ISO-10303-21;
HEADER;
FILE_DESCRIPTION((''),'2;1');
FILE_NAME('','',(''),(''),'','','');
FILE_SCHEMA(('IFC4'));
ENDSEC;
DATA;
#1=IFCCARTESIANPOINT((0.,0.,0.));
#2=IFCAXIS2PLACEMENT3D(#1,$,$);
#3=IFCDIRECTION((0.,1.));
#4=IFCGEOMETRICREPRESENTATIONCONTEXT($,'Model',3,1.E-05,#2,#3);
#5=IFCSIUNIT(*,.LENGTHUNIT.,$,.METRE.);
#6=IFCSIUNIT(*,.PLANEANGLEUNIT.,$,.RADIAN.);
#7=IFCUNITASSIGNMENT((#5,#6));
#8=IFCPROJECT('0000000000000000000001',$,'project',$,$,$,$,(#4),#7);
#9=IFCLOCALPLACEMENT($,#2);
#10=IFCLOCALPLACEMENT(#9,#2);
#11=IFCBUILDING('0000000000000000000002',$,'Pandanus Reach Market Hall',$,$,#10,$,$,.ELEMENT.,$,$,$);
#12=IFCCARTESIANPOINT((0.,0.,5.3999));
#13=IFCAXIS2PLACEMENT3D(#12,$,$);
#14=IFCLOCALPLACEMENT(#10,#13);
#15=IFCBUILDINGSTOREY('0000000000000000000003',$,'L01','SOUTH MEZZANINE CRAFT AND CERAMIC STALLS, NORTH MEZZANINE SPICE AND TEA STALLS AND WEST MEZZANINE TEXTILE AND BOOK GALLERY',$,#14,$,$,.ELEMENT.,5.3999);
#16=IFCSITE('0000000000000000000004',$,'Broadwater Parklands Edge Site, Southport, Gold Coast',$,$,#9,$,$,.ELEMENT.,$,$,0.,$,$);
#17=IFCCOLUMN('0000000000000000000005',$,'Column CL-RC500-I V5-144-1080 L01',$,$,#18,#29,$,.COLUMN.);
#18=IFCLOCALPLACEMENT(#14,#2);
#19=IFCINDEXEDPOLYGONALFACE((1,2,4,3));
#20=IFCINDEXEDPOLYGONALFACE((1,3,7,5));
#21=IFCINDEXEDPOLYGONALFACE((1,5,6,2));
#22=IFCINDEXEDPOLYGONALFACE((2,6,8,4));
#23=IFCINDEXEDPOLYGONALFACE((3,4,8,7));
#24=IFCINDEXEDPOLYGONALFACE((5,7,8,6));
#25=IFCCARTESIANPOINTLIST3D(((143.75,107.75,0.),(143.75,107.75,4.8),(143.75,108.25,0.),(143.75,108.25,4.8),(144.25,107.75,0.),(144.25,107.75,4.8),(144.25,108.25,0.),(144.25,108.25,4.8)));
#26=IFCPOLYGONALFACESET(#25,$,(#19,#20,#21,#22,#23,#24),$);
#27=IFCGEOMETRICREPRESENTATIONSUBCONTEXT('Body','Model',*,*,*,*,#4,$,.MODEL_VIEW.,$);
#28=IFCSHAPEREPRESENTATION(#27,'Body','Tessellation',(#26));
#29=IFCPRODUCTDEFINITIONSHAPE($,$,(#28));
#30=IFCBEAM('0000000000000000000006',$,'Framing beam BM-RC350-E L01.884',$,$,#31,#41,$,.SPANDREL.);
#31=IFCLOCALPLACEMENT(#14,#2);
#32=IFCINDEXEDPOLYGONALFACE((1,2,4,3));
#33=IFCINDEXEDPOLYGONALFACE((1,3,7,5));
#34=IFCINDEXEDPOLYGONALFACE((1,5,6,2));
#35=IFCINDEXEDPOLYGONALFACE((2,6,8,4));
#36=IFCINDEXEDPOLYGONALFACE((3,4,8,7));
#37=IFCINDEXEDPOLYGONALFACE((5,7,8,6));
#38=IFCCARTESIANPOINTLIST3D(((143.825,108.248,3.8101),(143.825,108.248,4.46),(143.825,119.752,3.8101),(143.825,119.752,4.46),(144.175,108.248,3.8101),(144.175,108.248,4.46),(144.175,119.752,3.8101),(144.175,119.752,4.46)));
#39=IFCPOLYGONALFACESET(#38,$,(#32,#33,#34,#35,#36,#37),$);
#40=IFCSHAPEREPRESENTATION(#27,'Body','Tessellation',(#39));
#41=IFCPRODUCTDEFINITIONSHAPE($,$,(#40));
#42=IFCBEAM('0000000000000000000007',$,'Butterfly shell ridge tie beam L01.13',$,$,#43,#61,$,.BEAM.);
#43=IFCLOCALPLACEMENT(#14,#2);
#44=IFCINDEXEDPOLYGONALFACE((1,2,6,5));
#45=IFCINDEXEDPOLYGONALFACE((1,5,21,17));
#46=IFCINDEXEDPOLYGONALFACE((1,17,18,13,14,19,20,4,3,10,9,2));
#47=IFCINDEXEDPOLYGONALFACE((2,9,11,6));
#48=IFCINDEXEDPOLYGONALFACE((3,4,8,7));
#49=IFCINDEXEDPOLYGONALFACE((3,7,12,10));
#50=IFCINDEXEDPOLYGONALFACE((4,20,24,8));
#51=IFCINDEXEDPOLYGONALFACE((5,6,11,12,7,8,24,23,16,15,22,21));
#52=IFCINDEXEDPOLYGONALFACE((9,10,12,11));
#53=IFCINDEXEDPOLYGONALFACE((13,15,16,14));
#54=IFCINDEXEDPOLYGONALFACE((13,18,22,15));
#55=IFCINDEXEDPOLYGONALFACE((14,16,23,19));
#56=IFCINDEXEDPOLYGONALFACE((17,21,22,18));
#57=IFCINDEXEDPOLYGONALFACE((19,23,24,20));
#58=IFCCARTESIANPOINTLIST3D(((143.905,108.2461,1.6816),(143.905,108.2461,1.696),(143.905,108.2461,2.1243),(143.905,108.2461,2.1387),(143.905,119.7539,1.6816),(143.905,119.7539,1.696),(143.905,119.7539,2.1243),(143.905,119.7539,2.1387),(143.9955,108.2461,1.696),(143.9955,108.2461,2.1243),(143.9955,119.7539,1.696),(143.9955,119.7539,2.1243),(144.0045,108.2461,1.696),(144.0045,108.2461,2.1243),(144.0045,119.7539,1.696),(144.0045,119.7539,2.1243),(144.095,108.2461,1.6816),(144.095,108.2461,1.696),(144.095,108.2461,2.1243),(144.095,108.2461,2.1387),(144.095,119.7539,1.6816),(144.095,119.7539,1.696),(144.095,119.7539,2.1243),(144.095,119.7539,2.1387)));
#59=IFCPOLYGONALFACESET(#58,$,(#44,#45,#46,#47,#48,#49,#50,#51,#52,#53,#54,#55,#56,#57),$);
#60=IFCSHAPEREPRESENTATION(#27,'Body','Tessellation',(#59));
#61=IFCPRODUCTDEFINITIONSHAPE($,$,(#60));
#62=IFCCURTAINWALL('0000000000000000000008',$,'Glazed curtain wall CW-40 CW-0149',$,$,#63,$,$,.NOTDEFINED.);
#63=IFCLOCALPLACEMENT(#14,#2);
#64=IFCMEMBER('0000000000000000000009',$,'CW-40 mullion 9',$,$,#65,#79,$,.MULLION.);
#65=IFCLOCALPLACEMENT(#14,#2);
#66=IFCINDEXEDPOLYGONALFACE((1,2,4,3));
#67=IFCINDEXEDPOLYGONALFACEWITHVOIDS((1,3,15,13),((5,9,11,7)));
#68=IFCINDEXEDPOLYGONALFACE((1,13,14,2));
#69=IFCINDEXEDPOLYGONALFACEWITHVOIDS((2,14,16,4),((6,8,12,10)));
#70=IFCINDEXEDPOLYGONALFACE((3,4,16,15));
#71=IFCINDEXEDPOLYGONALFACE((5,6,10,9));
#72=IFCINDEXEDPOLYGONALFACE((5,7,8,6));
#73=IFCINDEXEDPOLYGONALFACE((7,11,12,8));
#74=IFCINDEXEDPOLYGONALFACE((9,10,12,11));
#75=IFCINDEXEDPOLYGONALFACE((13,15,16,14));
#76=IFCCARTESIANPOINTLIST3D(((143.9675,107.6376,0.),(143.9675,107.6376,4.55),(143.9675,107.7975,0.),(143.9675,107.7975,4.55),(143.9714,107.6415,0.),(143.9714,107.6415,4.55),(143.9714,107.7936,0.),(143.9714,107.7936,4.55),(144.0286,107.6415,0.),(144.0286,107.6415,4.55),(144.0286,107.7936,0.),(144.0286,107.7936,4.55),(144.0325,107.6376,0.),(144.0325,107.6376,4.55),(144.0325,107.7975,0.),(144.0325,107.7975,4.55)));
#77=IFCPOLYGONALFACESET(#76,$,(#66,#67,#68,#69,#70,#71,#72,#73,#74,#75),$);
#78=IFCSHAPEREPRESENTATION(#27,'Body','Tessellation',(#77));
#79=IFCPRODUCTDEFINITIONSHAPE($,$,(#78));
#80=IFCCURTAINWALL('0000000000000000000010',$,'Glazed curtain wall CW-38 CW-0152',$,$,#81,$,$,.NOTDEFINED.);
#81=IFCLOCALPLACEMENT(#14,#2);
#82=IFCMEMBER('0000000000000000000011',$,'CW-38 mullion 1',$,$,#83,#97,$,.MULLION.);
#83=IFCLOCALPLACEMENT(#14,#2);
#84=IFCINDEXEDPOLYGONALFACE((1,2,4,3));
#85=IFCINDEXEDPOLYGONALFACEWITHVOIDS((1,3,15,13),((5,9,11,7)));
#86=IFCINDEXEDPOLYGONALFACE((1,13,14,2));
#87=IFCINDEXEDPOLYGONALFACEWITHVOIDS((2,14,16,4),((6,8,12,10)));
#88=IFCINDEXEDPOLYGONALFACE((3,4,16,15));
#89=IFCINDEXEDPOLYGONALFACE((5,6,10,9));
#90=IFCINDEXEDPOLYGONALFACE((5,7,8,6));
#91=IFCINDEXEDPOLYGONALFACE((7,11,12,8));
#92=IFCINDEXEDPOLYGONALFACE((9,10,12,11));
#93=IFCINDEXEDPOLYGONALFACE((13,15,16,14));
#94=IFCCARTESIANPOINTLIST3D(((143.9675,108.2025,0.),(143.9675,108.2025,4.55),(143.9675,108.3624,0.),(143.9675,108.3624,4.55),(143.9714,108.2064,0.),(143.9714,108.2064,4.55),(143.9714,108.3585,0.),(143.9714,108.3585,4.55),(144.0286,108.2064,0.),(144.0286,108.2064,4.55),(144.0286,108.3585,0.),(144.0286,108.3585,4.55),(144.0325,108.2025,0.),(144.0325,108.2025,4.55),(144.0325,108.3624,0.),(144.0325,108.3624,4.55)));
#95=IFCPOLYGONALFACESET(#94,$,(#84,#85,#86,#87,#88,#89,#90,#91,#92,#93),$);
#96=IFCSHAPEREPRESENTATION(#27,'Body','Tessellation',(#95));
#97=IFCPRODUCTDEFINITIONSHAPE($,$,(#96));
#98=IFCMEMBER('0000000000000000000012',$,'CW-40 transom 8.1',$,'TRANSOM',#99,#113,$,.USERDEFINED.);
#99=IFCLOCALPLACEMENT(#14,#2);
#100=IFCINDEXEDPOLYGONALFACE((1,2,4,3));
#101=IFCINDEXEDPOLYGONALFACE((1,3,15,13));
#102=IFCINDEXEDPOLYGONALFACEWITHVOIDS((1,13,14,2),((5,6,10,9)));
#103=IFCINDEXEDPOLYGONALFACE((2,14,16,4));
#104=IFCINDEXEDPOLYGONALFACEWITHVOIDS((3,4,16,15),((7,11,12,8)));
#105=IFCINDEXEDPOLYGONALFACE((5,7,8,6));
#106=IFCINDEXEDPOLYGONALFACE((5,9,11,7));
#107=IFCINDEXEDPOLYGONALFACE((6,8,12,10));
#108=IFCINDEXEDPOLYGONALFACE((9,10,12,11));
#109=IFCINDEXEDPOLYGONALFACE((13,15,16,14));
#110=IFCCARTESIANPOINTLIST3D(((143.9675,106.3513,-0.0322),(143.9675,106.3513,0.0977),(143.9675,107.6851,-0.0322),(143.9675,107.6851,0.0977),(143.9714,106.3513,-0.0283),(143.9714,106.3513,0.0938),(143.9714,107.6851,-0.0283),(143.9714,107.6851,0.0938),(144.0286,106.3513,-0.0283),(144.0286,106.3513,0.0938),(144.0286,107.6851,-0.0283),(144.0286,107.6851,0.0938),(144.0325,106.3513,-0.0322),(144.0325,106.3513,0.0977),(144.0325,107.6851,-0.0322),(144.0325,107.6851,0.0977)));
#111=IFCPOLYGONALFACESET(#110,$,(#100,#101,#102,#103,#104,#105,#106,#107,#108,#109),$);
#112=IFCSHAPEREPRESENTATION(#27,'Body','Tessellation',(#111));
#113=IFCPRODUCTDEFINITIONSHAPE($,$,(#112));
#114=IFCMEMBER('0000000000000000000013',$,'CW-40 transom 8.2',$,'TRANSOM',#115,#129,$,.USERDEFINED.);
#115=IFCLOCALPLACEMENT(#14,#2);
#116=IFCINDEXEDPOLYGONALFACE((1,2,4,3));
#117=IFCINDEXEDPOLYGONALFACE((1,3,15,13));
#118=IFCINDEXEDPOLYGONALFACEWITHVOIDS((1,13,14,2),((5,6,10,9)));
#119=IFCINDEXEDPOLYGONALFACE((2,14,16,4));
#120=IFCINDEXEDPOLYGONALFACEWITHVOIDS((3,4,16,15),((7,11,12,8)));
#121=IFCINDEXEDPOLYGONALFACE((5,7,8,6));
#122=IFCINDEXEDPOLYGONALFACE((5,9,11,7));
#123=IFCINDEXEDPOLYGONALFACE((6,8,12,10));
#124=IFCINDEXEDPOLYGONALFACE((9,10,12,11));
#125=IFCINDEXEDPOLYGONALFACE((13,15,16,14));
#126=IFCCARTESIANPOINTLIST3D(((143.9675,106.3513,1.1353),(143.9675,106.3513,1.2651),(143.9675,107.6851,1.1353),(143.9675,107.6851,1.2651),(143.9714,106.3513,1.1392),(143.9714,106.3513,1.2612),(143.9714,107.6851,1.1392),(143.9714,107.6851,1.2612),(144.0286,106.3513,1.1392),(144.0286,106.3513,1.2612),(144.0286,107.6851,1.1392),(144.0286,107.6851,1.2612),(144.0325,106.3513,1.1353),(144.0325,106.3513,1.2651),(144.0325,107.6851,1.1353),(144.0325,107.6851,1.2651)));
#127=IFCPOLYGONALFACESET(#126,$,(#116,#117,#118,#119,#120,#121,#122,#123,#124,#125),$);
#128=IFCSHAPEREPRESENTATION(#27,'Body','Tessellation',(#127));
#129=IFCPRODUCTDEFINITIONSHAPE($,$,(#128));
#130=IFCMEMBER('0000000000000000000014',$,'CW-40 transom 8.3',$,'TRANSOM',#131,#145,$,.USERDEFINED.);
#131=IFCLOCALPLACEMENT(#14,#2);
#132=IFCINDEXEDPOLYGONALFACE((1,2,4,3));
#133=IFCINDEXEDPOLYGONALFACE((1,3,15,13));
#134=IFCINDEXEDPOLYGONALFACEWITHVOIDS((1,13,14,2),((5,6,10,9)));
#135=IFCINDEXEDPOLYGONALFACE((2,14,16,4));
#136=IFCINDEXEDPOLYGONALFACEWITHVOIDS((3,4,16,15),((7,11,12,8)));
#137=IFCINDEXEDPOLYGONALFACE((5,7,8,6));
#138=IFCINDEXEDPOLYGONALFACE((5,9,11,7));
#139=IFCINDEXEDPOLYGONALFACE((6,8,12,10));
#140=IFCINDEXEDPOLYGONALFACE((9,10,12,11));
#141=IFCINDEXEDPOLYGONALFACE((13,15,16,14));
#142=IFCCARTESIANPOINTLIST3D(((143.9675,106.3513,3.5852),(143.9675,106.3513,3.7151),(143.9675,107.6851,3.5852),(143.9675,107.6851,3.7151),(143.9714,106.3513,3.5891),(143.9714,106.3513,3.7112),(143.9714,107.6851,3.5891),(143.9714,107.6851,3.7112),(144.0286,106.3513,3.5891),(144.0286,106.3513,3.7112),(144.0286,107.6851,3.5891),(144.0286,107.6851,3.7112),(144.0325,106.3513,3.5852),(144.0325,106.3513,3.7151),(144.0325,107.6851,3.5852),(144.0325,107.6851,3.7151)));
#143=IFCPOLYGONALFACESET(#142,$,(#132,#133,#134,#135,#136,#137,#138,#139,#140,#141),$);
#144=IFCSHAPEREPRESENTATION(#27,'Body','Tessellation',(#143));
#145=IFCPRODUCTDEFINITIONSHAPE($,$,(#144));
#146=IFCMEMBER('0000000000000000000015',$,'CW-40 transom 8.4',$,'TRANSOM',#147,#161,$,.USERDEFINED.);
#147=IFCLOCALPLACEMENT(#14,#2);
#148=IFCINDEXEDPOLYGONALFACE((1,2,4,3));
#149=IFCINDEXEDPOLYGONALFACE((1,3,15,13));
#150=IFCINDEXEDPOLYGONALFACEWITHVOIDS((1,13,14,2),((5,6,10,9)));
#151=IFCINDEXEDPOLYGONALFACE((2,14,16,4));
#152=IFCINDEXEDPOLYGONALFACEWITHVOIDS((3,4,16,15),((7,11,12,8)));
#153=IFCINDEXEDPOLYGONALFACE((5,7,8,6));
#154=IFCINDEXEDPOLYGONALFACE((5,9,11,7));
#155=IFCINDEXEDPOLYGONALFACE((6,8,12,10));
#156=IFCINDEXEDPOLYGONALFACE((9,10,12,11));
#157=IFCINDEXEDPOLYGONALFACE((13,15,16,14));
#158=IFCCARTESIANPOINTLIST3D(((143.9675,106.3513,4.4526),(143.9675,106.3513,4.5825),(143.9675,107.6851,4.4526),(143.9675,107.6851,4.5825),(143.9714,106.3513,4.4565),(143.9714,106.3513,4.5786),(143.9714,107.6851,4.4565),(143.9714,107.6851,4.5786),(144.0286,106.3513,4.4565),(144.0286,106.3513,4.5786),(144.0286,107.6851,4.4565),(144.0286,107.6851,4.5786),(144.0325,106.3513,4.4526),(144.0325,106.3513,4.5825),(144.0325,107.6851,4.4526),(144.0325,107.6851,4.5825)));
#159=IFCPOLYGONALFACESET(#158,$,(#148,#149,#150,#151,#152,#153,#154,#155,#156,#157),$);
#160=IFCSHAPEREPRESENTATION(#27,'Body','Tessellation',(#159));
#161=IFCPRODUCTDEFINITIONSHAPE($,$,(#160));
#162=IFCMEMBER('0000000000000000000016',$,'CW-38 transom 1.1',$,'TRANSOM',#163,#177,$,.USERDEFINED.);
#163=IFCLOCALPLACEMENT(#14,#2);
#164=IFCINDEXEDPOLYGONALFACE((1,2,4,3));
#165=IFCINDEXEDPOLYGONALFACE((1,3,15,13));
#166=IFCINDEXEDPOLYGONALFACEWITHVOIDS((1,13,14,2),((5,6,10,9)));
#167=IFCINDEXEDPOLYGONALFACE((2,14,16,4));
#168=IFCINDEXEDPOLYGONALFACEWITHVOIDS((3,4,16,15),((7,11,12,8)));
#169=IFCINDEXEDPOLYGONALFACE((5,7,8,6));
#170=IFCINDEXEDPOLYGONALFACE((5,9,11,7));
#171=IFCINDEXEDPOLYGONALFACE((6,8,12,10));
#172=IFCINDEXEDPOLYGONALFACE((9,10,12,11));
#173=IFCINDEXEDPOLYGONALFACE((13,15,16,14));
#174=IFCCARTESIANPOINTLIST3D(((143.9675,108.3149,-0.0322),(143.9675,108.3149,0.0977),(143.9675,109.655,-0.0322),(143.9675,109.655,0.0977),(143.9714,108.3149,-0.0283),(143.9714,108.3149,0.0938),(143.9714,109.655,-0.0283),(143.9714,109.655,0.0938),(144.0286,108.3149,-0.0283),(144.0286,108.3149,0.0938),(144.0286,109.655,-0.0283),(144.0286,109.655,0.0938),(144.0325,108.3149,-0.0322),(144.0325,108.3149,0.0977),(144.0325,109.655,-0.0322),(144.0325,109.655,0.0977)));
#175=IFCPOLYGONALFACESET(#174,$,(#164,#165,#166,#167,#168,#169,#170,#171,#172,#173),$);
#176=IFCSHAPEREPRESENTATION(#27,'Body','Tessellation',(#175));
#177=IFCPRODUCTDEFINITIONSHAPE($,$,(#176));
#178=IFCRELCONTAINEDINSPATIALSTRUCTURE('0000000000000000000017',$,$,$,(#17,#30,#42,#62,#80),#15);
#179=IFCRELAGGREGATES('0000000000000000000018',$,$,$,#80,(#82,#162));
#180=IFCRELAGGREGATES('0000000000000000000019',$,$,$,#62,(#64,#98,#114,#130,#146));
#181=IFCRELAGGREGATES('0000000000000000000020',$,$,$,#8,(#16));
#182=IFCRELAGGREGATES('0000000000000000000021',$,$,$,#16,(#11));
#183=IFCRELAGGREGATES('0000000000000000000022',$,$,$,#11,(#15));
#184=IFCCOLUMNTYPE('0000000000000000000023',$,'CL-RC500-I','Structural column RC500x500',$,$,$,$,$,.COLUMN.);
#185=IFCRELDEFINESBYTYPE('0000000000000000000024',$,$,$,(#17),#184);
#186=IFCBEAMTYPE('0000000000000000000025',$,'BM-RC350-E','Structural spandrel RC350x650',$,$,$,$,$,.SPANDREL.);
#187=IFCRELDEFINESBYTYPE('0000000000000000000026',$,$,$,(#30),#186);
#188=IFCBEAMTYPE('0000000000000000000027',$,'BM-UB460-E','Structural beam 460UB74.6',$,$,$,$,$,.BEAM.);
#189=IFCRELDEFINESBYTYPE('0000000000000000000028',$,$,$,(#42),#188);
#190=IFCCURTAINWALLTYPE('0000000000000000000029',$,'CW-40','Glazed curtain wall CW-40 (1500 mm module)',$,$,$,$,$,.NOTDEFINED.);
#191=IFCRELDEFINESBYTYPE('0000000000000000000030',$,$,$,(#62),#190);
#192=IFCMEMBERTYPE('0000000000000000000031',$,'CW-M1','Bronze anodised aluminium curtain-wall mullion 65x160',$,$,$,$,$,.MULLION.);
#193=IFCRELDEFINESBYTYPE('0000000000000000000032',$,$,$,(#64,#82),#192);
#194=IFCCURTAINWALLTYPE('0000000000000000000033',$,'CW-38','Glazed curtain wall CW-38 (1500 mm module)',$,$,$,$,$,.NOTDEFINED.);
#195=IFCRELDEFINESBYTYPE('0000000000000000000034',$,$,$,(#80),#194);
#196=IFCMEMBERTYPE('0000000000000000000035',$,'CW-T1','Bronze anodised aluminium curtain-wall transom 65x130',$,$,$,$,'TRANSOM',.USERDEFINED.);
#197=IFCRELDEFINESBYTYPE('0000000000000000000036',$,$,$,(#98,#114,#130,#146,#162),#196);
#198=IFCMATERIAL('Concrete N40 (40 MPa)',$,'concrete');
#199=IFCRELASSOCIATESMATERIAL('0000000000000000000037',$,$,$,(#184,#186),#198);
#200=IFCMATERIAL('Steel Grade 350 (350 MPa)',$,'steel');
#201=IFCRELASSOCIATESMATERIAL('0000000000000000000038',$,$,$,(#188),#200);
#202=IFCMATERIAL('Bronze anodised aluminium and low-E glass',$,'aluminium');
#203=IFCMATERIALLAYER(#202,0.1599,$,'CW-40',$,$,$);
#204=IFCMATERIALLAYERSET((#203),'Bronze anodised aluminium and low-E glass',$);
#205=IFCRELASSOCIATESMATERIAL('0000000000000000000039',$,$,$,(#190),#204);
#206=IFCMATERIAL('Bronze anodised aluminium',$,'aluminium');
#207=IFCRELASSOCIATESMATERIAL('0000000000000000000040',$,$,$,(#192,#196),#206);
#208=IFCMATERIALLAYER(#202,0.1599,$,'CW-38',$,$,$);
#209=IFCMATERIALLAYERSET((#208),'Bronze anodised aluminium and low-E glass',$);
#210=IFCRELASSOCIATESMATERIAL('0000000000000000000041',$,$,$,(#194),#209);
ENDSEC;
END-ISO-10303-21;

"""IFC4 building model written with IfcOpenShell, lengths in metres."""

from ifc_helpers import new_model, si_unit, direction, frame, origin, origin_2d, place, context, subcontext, project, spatial, rectangle, hollow_rectangle, i_section, extrude, material, layer, layer_set, material_profile, profile_set, type_object, element, aggregate, save


model = new_model("IFC4")

# Units and contexts
model_context = context("Model", 3, precision=1e-05, world=origin(), true_north=direction((0.0, 1.0)))
body_context = subcontext(model_context, "Body", "Model", "MODEL_VIEW")
ifc_project = project(units=[si_unit("LENGTHUNIT", "METRE"), si_unit("PLANEANGLEUNIT", "RADIAN")], contexts=[model_context])

# Site, building, storey
site_placement = place(None, origin())
site = spatial("IfcSite", under=ifc_project, at=site_placement, Name="Broadwater Parklands Edge Site, Southport, Gold Coast", CompositionType="ELEMENT", RefElevation=0.0)
building_placement = place(site_placement, origin())
building = spatial("IfcBuilding", under=site, at=building_placement, Name="Pandanus Reach Market Hall", CompositionType="ELEMENT")
storey_placement = place(building_placement, frame((0.0, 0.0, 5.3999)))
storey = spatial("IfcBuildingStorey", under=building, at=storey_placement, Name="L01", Description="SOUTH MEZZANINE CRAFT AND CERAMIC STALLS, NORTH MEZZANINE SPICE AND TEA STALLS AND WEST MEZZANINE TEXTILE AND BOOK GALLERY", CompositionType="ELEMENT", Elevation=5.3999)

# Column
ifc_material_1 = material(Name="Concrete N40 (40 MPa)", Category="concrete")
ifc_material_profile_1 = material_profile(ifc_material_1, rectangle(XDim=0.5, YDim=0.5, at=origin_2d()), Name="RC500x500", Category="LoadBearing")
ifc_profile_set_1 = profile_set([ifc_material_profile_1], Name="Concrete N40 (40 MPa)")
column_type = type_object("IfcColumnType", Name="CL-RC500-I", Description="Structural column RC500x500", PredefinedType="COLUMN", material=ifc_profile_set_1)
column_placement = place(storey_placement, frame((144.0, 108.0, 0.0), z_axis=(0.0, 0.0, 1.0), x_axis=(1.0, 0.0, 0.0)))
element("IfcColumn", 1, at=column_placement, inside=storey, type_object=column_type, Name="Column CL-RC500-I V5-144-1080 L01", PredefinedType="COLUMN", context=body_context, shape_type="SweptSolid", body=[
    extrude(rectangle(XDim=0.5, YDim=0.5, at=origin_2d()), origin(), (0.0, 0.0, 1.0), 4.8),
])

# Beams
ifc_material_profile_2 = material_profile(ifc_material_1, rectangle(XDim=0.3501, YDim=0.6499, at=origin_2d()), Name="RC350x650", Category="LoadBearing")
ifc_profile_set_2 = profile_set([ifc_material_profile_2], Name="Concrete N40 (40 MPa)")
beam_type_1 = type_object("IfcBeamType", Name="BM-RC350-E", Description="Structural spandrel RC350x650", PredefinedType="SPANDREL", material=ifc_profile_set_2)
beam_1_placement = place(storey_placement, frame((144.0, 108.248, 4.135), z_axis=(0.0, 1.0, 0.0), x_axis=(-1.0, 0.0, 0.0)))
element("IfcBeam", 2, at=beam_1_placement, inside=storey, type_object=beam_type_1, Name="Framing beam BM-RC350-E L01.884", PredefinedType="SPANDREL", context=body_context, shape_type="SweptSolid", body=[
    extrude(rectangle(XDim=0.3501, YDim=0.6499, at=origin_2d()), origin(), (0.0, 0.0, 1.0), 11.5039),
])
ifc_material_2 = material(Name="Steel Grade 350 (350 MPa)", Category="steel")
ifc_material_profile_3 = material_profile(ifc_material_2, i_section(OverallWidth=0.1899, OverallDepth=0.457, WebThickness=0.009, FlangeThickness=0.0144, at=origin_2d()), Name="460UB74.6", Category="LoadBearing")
ifc_profile_set_3 = profile_set([ifc_material_profile_3], Name="Steel Grade 350 (350 MPa)")
beam_type_2 = type_object("IfcBeamType", Name="BM-UB460-E", Description="Structural beam 460UB74.6", PredefinedType="BEAM", material=ifc_profile_set_3)
beam_2_placement = place(storey_placement, frame((144.0, 108.2461, 1.9102), z_axis=(0.0, 1.0, 0.0), x_axis=(-1.0, 0.0, 0.0)))
element("IfcBeam", 3, at=beam_2_placement, inside=storey, type_object=beam_type_2, Name="Butterfly shell ridge tie beam L01.13", PredefinedType="BEAM", context=body_context, shape_type="SweptSolid", body=[
    extrude(i_section(OverallWidth=0.1899, OverallDepth=0.457, WebThickness=0.009, FlangeThickness=0.0144, at=origin_2d()), origin(), (0.0, 0.0, 1.0), 11.5078),
])

# Curtain walls, members
ifc_material_3 = material(Name="Bronze anodised aluminium and low-E glass", Category="aluminium")
ifc_layer_1 = layer(ifc_material_3, 0.1599, Name="CW-40")
ifc_layer_set_1 = layer_set([ifc_layer_1], Name="Bronze anodised aluminium and low-E glass")
curtain_wall_type_1 = type_object("IfcCurtainWallType", Name="CW-40", Description="Glazed curtain wall CW-40 (1500 mm module)", PredefinedType="NOTDEFINED", material=ifc_layer_set_1)
curtain_wall_1_placement = place(storey_placement, origin())
curtain_wall_1 = element("IfcCurtainWall", 4, at=curtain_wall_1_placement, inside=storey, type_object=curtain_wall_type_1, Name="Glazed curtain wall CW-40 CW-0149", PredefinedType="NOTDEFINED")
ifc_material_4 = material(Name="Bronze anodised aluminium", Category="aluminium")
ifc_material_profile_4 = material_profile(ifc_material_4, hollow_rectangle(XDim=0.0649, YDim=0.1599, WallThickness=0.0039, at=origin_2d()), Name="ALU65x160", Category="LoadBearing")
ifc_profile_set_4 = profile_set([ifc_material_profile_4], Name="Bronze anodised aluminium")
member_type_1 = type_object("IfcMemberType", Name="CW-M1", Description="Bronze anodised aluminium curtain-wall mullion 65x160", PredefinedType="MULLION", material=ifc_profile_set_4)
member_1_placement = place(storey_placement, frame((144.0, 107.7175, 0.0), z_axis=(0.0, 0.0, 1.0), x_axis=(-1.0, 0.0, 0.0)))
member_1 = element("IfcMember", 5, at=member_1_placement, type_object=member_type_1, Name="CW-40 mullion 9", PredefinedType="MULLION", context=body_context, shape_type="SweptSolid", body=[
    extrude(hollow_rectangle(XDim=0.0649, YDim=0.1599, WallThickness=0.0039, at=origin_2d()), origin(), (0.0, 0.0, 1.0), 4.55),
])
ifc_layer_2 = layer(ifc_material_3, 0.1599, Name="CW-38")
ifc_layer_set_2 = layer_set([ifc_layer_2], Name="Bronze anodised aluminium and low-E glass")
curtain_wall_type_2 = type_object("IfcCurtainWallType", Name="CW-38", Description="Glazed curtain wall CW-38 (1500 mm module)", PredefinedType="NOTDEFINED", material=ifc_layer_set_2)
curtain_wall_2_placement = place(storey_placement, origin())
curtain_wall_2 = element("IfcCurtainWall", 6, at=curtain_wall_2_placement, inside=storey, type_object=curtain_wall_type_2, Name="Glazed curtain wall CW-38 CW-0152", PredefinedType="NOTDEFINED")
member_2_placement = place(storey_placement, frame((144.0, 108.2825, 0.0), z_axis=(0.0, 0.0, 1.0), x_axis=(-1.0, 0.0, 0.0)))
member_2 = element("IfcMember", 7, at=member_2_placement, type_object=member_type_1, Name="CW-38 mullion 1", PredefinedType="MULLION", context=body_context, shape_type="SweptSolid", body=[
    extrude(hollow_rectangle(XDim=0.0649, YDim=0.1599, WallThickness=0.0039, at=origin_2d()), origin(), (0.0, 0.0, 1.0), 4.55),
])

# Members
ifc_material_profile_5 = material_profile(ifc_material_4, hollow_rectangle(XDim=0.0649, YDim=0.1299, WallThickness=0.0039, at=origin_2d()), Name="ALU65x130", Category="LoadBearing")
ifc_profile_set_5 = profile_set([ifc_material_profile_5], Name="Bronze anodised aluminium")
member_type_2 = type_object("IfcMemberType", Name="CW-T1", Description="Bronze anodised aluminium curtain-wall transom 65x130", ElementType="TRANSOM", PredefinedType="USERDEFINED", material=ifc_profile_set_5)
member_3_placement = place(storey_placement, frame((144.0, 106.3513, 0.0327), z_axis=(0.0, 1.0, 0.0), x_axis=(-1.0, 0.0, 0.0)))
member_3 = element("IfcMember", 8, at=member_3_placement, type_object=member_type_2, Name="CW-40 transom 8.1", ObjectType="TRANSOM", PredefinedType="USERDEFINED", context=body_context, shape_type="SweptSolid", body=[
    extrude(hollow_rectangle(XDim=0.0649, YDim=0.1299, WallThickness=0.0039, at=origin_2d()), origin(), (0.0, 0.0, 1.0), 1.3337),
])
member_4_placement = place(storey_placement, frame((144.0, 106.3513, 1.2002), z_axis=(0.0, 1.0, 0.0), x_axis=(-1.0, 0.0, 0.0)))
member_4 = element("IfcMember", 9, at=member_4_placement, type_object=member_type_2, Name="CW-40 transom 8.2", ObjectType="TRANSOM", PredefinedType="USERDEFINED", context=body_context, shape_type="SweptSolid", body=[
    extrude(hollow_rectangle(XDim=0.0649, YDim=0.1299, WallThickness=0.0039, at=origin_2d()), origin(), (0.0, 0.0, 1.0), 1.3337),
])
member_5_placement = place(storey_placement, frame((144.0, 106.3513, 3.6501), z_axis=(0.0, 1.0, 0.0), x_axis=(-1.0, 0.0, 0.0)))
member_5 = element("IfcMember", 10, at=member_5_placement, type_object=member_type_2, Name="CW-40 transom 8.3", ObjectType="TRANSOM", PredefinedType="USERDEFINED", context=body_context, shape_type="SweptSolid", body=[
    extrude(hollow_rectangle(XDim=0.0649, YDim=0.1299, WallThickness=0.0039, at=origin_2d()), origin(), (0.0, 0.0, 1.0), 1.3337),
])
member_6_placement = place(storey_placement, frame((144.0, 106.3513, 4.5176), z_axis=(0.0, 1.0, 0.0), x_axis=(-1.0, 0.0, 0.0)))
member_6 = element("IfcMember", 11, at=member_6_placement, type_object=member_type_2, Name="CW-40 transom 8.4", ObjectType="TRANSOM", PredefinedType="USERDEFINED", context=body_context, shape_type="SweptSolid", body=[
    extrude(hollow_rectangle(XDim=0.0649, YDim=0.1299, WallThickness=0.0039, at=origin_2d()), origin(), (0.0, 0.0, 1.0), 1.3337),
])
member_7_placement = place(storey_placement, frame((144.0, 108.3149, 0.0327), z_axis=(0.0, 1.0, 0.0), x_axis=(-1.0, 0.0, 0.0)))
member_7 = element("IfcMember", 12, at=member_7_placement, type_object=member_type_2, Name="CW-38 transom 1.1", ObjectType="TRANSOM", PredefinedType="USERDEFINED", context=body_context, shape_type="SweptSolid", body=[
    extrude(hollow_rectangle(XDim=0.0649, YDim=0.1299, WallThickness=0.0039, at=origin_2d()), origin(), (0.0, 0.0, 1.0), 1.3401),
])
aggregate(curtain_wall_2, [member_2, member_7])

aggregate(curtain_wall_1, [member_1, member_3, member_4, member_5, member_6])

save(model, "model.ifc")
